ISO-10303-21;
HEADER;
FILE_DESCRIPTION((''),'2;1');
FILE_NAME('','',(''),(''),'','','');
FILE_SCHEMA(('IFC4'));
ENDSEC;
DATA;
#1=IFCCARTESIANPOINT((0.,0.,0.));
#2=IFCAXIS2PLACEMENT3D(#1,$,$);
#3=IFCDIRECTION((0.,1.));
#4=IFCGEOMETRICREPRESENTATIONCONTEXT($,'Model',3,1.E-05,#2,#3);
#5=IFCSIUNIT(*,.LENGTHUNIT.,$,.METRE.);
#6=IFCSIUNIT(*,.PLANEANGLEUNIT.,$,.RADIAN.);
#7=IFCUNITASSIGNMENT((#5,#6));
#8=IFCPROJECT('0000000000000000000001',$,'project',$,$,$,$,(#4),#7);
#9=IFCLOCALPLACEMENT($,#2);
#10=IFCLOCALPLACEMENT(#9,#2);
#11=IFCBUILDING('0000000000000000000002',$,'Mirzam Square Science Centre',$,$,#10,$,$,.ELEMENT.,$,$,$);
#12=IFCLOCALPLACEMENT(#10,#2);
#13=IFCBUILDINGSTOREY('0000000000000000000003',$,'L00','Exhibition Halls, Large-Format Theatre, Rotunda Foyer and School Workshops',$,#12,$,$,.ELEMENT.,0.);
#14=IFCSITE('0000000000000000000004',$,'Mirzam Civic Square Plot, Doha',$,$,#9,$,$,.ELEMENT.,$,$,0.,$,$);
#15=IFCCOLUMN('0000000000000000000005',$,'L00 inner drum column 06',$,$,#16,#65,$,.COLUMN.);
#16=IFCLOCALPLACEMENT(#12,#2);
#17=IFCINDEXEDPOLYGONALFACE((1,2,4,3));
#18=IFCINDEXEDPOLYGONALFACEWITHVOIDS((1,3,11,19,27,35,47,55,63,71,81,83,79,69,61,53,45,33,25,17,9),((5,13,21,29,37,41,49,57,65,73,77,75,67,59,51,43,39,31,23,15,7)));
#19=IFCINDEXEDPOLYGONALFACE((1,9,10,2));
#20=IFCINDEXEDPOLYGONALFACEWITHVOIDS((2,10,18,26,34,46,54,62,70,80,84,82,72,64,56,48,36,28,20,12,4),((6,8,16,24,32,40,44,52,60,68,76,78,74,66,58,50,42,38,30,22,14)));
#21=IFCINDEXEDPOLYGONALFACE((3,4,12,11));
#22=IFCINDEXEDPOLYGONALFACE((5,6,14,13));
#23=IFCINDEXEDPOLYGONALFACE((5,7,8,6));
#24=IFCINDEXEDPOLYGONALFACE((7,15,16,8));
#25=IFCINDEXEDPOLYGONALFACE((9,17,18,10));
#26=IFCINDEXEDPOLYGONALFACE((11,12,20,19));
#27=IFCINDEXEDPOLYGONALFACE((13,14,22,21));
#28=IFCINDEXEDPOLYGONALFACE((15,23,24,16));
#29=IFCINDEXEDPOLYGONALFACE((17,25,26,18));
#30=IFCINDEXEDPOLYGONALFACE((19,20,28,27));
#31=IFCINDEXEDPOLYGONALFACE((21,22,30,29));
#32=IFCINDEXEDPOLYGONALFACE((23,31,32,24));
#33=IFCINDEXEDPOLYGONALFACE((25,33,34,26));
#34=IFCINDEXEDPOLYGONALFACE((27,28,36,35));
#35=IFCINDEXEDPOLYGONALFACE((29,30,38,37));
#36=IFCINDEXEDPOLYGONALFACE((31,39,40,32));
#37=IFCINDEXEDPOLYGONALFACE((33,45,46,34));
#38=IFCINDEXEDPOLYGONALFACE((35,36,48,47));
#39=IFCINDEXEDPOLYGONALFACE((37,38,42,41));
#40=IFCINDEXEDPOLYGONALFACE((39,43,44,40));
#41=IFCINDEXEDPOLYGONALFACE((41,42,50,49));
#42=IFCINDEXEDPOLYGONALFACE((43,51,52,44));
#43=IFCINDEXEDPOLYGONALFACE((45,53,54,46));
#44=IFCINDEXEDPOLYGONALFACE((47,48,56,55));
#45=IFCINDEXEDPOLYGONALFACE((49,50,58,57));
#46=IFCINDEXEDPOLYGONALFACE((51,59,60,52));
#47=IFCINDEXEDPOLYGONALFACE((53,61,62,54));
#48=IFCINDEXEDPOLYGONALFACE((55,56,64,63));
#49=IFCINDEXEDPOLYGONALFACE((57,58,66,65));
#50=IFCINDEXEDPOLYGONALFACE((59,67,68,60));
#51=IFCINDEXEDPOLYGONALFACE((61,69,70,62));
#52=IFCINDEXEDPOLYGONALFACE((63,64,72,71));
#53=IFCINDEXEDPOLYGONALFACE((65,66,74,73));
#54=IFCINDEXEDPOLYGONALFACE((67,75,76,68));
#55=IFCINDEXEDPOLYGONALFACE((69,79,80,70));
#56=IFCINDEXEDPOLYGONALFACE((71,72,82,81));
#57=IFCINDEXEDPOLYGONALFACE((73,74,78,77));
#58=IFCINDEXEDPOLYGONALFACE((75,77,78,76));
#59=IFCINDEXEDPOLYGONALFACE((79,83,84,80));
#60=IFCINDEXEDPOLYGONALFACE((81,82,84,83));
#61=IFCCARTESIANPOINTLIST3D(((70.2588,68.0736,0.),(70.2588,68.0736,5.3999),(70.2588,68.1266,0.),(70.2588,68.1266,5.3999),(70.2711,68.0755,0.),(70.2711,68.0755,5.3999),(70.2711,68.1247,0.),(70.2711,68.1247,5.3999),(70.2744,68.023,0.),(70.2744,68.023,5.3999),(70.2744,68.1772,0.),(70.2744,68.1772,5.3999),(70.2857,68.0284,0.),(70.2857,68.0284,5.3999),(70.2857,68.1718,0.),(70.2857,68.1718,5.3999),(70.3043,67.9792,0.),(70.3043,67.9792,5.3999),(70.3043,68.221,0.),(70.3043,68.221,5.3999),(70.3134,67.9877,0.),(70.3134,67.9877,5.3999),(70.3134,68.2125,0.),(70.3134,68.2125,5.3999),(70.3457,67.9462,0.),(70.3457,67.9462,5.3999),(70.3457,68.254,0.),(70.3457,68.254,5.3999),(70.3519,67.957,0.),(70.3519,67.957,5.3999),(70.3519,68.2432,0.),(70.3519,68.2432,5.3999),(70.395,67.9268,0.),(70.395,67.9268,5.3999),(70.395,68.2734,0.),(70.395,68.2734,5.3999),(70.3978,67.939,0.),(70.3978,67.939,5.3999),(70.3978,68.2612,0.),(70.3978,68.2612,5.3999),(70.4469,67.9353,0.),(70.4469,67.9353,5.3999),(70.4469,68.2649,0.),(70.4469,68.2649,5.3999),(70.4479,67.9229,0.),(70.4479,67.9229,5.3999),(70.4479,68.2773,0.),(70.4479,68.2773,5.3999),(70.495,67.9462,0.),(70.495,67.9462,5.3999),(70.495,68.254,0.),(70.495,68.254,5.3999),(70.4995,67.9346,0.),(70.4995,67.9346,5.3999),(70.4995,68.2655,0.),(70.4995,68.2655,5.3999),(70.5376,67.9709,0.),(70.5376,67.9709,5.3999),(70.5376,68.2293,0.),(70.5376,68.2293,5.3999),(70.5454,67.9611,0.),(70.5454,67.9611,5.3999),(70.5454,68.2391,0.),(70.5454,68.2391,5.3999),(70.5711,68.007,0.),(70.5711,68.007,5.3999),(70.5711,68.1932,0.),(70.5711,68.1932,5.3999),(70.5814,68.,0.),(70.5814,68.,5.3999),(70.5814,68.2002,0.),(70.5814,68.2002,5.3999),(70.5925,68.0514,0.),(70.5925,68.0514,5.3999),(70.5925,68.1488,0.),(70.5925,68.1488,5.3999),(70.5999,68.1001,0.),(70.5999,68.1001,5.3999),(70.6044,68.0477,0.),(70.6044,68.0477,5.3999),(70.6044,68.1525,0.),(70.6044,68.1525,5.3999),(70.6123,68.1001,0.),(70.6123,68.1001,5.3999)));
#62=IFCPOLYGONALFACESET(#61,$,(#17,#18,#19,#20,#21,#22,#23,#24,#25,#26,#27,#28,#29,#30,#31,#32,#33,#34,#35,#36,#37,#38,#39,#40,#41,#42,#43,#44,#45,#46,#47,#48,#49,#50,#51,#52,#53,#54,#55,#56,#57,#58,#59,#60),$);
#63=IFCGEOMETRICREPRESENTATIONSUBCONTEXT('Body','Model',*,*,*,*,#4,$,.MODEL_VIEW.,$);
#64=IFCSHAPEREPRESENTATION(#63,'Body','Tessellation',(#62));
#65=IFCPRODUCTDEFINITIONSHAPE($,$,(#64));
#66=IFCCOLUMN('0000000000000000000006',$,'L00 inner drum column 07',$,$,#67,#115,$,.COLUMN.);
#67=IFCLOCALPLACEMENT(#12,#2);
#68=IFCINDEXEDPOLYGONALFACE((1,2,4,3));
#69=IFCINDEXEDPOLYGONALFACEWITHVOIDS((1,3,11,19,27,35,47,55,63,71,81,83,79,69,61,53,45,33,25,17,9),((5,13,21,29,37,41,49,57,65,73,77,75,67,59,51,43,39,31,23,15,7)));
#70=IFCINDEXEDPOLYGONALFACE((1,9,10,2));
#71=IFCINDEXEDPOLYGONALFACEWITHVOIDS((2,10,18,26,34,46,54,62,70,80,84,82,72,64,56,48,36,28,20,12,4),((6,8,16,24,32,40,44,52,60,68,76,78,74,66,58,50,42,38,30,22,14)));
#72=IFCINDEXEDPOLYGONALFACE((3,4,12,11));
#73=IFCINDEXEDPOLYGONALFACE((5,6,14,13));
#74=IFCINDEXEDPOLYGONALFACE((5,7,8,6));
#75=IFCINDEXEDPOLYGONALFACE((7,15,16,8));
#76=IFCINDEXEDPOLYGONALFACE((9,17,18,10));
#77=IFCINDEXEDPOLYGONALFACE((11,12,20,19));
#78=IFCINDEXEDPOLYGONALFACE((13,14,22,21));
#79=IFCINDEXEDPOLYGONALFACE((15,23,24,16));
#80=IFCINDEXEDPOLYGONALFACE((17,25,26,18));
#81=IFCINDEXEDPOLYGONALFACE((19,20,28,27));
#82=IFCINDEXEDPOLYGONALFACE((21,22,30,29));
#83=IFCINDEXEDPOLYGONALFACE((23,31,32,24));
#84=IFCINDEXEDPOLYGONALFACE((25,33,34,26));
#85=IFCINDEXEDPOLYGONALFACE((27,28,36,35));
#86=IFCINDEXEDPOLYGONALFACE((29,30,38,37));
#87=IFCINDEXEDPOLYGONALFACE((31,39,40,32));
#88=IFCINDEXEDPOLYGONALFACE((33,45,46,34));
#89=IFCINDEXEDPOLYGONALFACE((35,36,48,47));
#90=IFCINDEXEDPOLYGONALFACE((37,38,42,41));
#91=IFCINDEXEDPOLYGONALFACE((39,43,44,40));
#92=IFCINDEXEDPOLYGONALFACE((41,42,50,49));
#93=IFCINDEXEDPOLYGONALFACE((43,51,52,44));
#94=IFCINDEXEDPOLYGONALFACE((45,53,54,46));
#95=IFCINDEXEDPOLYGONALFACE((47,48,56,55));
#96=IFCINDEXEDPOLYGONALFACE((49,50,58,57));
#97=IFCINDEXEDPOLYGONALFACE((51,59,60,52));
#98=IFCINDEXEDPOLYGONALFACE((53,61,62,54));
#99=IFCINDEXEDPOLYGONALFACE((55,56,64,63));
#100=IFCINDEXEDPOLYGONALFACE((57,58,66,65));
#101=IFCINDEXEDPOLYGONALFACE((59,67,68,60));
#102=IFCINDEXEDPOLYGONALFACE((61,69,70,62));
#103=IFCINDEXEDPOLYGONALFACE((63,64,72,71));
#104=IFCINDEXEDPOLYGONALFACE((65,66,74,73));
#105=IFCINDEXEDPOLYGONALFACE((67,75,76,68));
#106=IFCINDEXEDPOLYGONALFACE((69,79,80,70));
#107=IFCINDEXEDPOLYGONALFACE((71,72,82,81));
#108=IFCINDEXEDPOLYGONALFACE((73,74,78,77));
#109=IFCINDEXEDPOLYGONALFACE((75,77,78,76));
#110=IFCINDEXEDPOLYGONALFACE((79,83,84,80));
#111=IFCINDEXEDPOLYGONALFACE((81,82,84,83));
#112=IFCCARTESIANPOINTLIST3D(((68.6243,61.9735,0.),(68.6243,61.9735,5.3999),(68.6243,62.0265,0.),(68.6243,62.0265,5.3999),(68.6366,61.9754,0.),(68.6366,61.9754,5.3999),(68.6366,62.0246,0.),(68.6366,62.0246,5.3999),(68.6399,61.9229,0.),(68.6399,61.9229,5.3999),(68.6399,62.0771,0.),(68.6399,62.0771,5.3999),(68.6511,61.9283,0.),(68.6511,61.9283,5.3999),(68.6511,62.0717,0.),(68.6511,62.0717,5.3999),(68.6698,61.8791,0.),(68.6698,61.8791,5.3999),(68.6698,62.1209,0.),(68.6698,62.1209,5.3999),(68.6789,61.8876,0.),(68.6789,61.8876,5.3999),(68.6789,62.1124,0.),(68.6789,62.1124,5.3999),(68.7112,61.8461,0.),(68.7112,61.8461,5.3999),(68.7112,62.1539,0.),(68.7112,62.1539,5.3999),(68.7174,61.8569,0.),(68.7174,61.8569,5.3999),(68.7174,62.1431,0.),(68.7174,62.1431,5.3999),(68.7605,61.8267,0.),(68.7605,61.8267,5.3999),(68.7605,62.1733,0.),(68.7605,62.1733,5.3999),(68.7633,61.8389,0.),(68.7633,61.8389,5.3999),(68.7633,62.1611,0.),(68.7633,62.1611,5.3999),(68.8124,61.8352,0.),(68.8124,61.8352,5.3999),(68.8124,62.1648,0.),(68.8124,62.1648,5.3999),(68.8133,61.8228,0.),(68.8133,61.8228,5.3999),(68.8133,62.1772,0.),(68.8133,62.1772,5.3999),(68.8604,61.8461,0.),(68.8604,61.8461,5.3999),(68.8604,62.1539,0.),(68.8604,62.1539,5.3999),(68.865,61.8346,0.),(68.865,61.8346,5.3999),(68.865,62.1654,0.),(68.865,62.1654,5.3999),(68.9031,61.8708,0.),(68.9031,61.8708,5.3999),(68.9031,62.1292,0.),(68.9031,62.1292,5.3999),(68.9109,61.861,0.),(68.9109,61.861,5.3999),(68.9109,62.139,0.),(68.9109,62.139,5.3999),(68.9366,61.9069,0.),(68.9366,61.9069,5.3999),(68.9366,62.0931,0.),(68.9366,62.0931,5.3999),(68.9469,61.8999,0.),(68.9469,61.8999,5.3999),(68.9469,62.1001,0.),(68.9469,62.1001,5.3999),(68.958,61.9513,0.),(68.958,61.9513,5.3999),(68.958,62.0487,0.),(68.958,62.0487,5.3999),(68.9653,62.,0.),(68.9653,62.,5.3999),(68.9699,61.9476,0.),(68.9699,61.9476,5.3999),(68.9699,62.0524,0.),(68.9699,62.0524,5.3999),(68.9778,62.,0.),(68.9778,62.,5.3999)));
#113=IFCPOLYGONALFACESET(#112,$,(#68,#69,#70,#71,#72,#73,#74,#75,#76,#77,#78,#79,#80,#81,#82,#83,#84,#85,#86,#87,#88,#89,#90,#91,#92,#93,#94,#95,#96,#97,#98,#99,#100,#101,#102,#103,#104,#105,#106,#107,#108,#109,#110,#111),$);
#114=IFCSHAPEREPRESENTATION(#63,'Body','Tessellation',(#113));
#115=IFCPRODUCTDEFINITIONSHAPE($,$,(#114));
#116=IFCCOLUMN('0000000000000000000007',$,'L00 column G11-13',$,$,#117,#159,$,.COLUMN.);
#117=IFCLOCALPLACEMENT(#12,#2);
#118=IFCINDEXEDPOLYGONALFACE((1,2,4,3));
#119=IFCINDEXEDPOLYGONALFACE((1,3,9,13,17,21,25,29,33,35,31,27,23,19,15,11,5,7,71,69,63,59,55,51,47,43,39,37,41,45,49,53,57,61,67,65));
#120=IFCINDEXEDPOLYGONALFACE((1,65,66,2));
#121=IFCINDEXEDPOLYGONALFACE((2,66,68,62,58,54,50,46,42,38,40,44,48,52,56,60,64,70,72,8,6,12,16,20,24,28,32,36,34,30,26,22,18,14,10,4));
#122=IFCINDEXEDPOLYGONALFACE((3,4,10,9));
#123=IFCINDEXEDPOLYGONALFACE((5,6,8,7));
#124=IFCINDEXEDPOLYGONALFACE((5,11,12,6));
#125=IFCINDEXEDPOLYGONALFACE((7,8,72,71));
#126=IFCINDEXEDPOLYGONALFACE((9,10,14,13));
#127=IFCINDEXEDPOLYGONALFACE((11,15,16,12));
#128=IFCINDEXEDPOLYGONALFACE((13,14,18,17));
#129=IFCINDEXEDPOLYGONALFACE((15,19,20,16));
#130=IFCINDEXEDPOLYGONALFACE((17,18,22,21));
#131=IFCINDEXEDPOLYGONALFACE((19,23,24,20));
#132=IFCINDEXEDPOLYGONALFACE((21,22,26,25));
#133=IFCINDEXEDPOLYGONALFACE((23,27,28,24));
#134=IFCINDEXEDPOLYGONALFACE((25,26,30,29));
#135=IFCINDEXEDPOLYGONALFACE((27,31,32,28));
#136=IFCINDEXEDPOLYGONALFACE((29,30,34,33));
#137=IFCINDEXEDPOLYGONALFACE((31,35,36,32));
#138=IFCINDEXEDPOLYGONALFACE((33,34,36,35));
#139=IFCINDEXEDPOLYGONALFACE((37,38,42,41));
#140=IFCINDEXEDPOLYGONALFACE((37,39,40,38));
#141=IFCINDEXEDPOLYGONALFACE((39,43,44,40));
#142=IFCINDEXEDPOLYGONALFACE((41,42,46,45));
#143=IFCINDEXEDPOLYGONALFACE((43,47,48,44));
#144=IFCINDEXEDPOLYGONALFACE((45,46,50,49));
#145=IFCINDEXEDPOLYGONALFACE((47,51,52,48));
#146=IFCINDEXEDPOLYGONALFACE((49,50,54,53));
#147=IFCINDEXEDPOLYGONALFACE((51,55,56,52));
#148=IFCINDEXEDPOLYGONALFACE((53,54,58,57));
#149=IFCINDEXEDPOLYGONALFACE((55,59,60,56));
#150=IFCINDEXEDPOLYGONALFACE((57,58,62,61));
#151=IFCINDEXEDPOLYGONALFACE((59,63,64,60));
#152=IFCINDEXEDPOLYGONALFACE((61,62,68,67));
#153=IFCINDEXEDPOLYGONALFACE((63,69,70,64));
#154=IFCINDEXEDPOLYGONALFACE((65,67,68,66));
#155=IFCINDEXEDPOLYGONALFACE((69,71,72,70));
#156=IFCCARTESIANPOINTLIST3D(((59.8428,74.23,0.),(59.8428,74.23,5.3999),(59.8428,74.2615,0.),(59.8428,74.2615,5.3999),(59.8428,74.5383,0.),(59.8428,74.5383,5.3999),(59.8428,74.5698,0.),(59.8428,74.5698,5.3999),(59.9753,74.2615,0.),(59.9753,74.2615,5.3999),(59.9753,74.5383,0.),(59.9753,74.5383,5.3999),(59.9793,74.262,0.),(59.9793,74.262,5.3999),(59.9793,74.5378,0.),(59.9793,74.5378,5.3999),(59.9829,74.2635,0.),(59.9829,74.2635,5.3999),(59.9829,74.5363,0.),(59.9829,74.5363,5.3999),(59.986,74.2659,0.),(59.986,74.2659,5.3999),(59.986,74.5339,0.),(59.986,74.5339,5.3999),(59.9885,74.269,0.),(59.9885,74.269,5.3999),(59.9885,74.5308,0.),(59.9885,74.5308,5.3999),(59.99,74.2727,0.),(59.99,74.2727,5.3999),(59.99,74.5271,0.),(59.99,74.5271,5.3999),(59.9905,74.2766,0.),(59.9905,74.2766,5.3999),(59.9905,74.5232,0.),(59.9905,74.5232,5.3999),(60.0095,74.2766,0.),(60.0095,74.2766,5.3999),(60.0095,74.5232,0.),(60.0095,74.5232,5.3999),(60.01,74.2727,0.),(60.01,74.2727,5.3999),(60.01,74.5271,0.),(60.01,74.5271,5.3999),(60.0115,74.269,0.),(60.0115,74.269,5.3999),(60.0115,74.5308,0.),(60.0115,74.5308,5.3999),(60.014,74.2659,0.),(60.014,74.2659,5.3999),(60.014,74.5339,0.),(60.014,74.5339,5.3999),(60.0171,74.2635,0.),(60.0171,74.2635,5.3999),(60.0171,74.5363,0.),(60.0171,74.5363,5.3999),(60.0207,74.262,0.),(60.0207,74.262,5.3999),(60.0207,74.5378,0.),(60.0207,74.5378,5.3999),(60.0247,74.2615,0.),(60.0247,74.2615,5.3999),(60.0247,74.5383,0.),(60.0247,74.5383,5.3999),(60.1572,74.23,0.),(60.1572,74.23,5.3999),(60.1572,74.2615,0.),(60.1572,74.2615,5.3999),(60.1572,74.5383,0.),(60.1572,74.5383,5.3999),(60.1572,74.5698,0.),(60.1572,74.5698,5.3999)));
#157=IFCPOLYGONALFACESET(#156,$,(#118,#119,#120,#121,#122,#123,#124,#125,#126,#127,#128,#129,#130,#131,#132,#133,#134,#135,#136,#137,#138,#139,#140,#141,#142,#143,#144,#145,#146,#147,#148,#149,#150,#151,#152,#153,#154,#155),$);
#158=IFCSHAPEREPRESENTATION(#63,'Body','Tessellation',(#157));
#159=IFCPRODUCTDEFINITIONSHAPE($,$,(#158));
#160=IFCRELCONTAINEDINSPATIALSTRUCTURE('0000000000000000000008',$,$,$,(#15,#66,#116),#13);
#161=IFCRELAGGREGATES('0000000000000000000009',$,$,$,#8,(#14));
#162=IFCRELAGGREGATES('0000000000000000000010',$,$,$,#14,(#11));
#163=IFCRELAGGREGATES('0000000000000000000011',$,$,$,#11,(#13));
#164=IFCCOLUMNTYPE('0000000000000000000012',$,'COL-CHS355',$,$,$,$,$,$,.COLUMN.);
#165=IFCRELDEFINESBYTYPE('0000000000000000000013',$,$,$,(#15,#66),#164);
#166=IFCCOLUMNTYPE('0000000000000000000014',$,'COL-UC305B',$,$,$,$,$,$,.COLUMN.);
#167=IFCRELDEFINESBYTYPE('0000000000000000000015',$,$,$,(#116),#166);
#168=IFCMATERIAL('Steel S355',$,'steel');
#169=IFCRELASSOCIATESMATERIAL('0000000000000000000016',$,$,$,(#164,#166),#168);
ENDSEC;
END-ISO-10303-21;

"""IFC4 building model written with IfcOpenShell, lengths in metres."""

from ifc_helpers import new_model, si_unit, direction, frame, origin, origin_2d, place, context, subcontext, project, spatial, hollow_circle, i_section, extrude, material, material_profile, profile_set, type_object, element, save


model = new_model("IFC4")

# Units and contexts
model_context = context("Model", 3, precision=1e-05, world=origin(), true_north=direction((0.0, 1.0)))
body_context = subcontext(model_context, "Body", "Model", "MODEL_VIEW")
ifc_project = project(units=[si_unit("LENGTHUNIT", "METRE"), si_unit("PLANEANGLEUNIT", "RADIAN")], contexts=[model_context])

# Site, building, storey
site_placement = place(None, origin())
site = spatial("IfcSite", under=ifc_project, at=site_placement, Name="Mirzam Civic Square Plot, Doha", CompositionType="ELEMENT", RefElevation=0.0)
building_placement = place(site_placement, origin())
building = spatial("IfcBuilding", under=site, at=building_placement, Name="Mirzam Square Science Centre", CompositionType="ELEMENT")
storey_placement = place(building_placement, origin())
storey = spatial("IfcBuildingStorey", under=building, at=storey_placement, Name="L00", Description="Exhibition Halls, Large-Format Theatre, Rotunda Foyer and School Workshops", CompositionType="ELEMENT", Elevation=0.0)

# Columns
ifc_material_1 = material(Name="Steel S355", Category="steel")
ifc_material_profile_1 = material_profile(ifc_material_1, hollow_circle(Radius=0.1777, WallThickness=0.0125, at=origin_2d()), Name="355.6x12.5CHS")
ifc_profile_set_1 = profile_set([ifc_material_profile_1], Name="Steel S355")
column_type_1 = type_object("IfcColumnType", Name="COL-CHS355", PredefinedType="COLUMN", material=ifc_profile_set_1)
for number, where, z_axis, x_axis, name in (
    (1, (70.4346, 68.1001, 0.0), (0.0, 0.0, 1.0), (1.0, 0.0, 0.0), "L00 inner drum column 06"),
    (2, (68.8, 62.0, 0.0), (0.0, 0.0, 1.0), (1.0, 0.0, 0.0), "L00 inner drum column 07"),
):
    element("IfcColumn", number, at=place(storey_placement, frame(where, z_axis=z_axis, x_axis=x_axis)), inside=storey, type_object=column_type_1, Name=name, PredefinedType="COLUMN", context=body_context, shape_type="SweptSolid", body=[
        extrude(hollow_circle(Radius=0.1777, WallThickness=0.0125, at=origin_2d()), origin(), (0.0, 0.0, 1.0), 5.3999),
    ])
ifc_material_profile_2 = material_profile(ifc_material_1, i_section(OverallWidth=0.3145, OverallDepth=0.3398, WebThickness=0.019, FlangeThickness=0.0315, FilletRadius=0.0151, at=origin_2d()), Name="305x305x198UC")
ifc_profile_set_2 = profile_set([ifc_material_profile_2], Name="Steel S355")
column_type_2 = type_object("IfcColumnType", Name="COL-UC305B", PredefinedType="COLUMN", material=ifc_profile_set_2)
column_1_placement = place(storey_placement, frame((60.0, 74.3999, 0.0), z_axis=(0.0, 0.0, 1.0), x_axis=(1.0, 0.0, 0.0)))
element("IfcColumn", 3, at=column_1_placement, inside=storey, type_object=column_type_2, Name="L00 column G11-13", PredefinedType="COLUMN", context=body_context, shape_type="SweptSolid", body=[
    extrude(i_section(OverallWidth=0.3145, OverallDepth=0.3398, WebThickness=0.019, FlangeThickness=0.0315, FilletRadius=0.0151, at=origin_2d()), origin(), (0.0, 0.0, 1.0), 5.3999),
])

save(model, "model.ifc")
